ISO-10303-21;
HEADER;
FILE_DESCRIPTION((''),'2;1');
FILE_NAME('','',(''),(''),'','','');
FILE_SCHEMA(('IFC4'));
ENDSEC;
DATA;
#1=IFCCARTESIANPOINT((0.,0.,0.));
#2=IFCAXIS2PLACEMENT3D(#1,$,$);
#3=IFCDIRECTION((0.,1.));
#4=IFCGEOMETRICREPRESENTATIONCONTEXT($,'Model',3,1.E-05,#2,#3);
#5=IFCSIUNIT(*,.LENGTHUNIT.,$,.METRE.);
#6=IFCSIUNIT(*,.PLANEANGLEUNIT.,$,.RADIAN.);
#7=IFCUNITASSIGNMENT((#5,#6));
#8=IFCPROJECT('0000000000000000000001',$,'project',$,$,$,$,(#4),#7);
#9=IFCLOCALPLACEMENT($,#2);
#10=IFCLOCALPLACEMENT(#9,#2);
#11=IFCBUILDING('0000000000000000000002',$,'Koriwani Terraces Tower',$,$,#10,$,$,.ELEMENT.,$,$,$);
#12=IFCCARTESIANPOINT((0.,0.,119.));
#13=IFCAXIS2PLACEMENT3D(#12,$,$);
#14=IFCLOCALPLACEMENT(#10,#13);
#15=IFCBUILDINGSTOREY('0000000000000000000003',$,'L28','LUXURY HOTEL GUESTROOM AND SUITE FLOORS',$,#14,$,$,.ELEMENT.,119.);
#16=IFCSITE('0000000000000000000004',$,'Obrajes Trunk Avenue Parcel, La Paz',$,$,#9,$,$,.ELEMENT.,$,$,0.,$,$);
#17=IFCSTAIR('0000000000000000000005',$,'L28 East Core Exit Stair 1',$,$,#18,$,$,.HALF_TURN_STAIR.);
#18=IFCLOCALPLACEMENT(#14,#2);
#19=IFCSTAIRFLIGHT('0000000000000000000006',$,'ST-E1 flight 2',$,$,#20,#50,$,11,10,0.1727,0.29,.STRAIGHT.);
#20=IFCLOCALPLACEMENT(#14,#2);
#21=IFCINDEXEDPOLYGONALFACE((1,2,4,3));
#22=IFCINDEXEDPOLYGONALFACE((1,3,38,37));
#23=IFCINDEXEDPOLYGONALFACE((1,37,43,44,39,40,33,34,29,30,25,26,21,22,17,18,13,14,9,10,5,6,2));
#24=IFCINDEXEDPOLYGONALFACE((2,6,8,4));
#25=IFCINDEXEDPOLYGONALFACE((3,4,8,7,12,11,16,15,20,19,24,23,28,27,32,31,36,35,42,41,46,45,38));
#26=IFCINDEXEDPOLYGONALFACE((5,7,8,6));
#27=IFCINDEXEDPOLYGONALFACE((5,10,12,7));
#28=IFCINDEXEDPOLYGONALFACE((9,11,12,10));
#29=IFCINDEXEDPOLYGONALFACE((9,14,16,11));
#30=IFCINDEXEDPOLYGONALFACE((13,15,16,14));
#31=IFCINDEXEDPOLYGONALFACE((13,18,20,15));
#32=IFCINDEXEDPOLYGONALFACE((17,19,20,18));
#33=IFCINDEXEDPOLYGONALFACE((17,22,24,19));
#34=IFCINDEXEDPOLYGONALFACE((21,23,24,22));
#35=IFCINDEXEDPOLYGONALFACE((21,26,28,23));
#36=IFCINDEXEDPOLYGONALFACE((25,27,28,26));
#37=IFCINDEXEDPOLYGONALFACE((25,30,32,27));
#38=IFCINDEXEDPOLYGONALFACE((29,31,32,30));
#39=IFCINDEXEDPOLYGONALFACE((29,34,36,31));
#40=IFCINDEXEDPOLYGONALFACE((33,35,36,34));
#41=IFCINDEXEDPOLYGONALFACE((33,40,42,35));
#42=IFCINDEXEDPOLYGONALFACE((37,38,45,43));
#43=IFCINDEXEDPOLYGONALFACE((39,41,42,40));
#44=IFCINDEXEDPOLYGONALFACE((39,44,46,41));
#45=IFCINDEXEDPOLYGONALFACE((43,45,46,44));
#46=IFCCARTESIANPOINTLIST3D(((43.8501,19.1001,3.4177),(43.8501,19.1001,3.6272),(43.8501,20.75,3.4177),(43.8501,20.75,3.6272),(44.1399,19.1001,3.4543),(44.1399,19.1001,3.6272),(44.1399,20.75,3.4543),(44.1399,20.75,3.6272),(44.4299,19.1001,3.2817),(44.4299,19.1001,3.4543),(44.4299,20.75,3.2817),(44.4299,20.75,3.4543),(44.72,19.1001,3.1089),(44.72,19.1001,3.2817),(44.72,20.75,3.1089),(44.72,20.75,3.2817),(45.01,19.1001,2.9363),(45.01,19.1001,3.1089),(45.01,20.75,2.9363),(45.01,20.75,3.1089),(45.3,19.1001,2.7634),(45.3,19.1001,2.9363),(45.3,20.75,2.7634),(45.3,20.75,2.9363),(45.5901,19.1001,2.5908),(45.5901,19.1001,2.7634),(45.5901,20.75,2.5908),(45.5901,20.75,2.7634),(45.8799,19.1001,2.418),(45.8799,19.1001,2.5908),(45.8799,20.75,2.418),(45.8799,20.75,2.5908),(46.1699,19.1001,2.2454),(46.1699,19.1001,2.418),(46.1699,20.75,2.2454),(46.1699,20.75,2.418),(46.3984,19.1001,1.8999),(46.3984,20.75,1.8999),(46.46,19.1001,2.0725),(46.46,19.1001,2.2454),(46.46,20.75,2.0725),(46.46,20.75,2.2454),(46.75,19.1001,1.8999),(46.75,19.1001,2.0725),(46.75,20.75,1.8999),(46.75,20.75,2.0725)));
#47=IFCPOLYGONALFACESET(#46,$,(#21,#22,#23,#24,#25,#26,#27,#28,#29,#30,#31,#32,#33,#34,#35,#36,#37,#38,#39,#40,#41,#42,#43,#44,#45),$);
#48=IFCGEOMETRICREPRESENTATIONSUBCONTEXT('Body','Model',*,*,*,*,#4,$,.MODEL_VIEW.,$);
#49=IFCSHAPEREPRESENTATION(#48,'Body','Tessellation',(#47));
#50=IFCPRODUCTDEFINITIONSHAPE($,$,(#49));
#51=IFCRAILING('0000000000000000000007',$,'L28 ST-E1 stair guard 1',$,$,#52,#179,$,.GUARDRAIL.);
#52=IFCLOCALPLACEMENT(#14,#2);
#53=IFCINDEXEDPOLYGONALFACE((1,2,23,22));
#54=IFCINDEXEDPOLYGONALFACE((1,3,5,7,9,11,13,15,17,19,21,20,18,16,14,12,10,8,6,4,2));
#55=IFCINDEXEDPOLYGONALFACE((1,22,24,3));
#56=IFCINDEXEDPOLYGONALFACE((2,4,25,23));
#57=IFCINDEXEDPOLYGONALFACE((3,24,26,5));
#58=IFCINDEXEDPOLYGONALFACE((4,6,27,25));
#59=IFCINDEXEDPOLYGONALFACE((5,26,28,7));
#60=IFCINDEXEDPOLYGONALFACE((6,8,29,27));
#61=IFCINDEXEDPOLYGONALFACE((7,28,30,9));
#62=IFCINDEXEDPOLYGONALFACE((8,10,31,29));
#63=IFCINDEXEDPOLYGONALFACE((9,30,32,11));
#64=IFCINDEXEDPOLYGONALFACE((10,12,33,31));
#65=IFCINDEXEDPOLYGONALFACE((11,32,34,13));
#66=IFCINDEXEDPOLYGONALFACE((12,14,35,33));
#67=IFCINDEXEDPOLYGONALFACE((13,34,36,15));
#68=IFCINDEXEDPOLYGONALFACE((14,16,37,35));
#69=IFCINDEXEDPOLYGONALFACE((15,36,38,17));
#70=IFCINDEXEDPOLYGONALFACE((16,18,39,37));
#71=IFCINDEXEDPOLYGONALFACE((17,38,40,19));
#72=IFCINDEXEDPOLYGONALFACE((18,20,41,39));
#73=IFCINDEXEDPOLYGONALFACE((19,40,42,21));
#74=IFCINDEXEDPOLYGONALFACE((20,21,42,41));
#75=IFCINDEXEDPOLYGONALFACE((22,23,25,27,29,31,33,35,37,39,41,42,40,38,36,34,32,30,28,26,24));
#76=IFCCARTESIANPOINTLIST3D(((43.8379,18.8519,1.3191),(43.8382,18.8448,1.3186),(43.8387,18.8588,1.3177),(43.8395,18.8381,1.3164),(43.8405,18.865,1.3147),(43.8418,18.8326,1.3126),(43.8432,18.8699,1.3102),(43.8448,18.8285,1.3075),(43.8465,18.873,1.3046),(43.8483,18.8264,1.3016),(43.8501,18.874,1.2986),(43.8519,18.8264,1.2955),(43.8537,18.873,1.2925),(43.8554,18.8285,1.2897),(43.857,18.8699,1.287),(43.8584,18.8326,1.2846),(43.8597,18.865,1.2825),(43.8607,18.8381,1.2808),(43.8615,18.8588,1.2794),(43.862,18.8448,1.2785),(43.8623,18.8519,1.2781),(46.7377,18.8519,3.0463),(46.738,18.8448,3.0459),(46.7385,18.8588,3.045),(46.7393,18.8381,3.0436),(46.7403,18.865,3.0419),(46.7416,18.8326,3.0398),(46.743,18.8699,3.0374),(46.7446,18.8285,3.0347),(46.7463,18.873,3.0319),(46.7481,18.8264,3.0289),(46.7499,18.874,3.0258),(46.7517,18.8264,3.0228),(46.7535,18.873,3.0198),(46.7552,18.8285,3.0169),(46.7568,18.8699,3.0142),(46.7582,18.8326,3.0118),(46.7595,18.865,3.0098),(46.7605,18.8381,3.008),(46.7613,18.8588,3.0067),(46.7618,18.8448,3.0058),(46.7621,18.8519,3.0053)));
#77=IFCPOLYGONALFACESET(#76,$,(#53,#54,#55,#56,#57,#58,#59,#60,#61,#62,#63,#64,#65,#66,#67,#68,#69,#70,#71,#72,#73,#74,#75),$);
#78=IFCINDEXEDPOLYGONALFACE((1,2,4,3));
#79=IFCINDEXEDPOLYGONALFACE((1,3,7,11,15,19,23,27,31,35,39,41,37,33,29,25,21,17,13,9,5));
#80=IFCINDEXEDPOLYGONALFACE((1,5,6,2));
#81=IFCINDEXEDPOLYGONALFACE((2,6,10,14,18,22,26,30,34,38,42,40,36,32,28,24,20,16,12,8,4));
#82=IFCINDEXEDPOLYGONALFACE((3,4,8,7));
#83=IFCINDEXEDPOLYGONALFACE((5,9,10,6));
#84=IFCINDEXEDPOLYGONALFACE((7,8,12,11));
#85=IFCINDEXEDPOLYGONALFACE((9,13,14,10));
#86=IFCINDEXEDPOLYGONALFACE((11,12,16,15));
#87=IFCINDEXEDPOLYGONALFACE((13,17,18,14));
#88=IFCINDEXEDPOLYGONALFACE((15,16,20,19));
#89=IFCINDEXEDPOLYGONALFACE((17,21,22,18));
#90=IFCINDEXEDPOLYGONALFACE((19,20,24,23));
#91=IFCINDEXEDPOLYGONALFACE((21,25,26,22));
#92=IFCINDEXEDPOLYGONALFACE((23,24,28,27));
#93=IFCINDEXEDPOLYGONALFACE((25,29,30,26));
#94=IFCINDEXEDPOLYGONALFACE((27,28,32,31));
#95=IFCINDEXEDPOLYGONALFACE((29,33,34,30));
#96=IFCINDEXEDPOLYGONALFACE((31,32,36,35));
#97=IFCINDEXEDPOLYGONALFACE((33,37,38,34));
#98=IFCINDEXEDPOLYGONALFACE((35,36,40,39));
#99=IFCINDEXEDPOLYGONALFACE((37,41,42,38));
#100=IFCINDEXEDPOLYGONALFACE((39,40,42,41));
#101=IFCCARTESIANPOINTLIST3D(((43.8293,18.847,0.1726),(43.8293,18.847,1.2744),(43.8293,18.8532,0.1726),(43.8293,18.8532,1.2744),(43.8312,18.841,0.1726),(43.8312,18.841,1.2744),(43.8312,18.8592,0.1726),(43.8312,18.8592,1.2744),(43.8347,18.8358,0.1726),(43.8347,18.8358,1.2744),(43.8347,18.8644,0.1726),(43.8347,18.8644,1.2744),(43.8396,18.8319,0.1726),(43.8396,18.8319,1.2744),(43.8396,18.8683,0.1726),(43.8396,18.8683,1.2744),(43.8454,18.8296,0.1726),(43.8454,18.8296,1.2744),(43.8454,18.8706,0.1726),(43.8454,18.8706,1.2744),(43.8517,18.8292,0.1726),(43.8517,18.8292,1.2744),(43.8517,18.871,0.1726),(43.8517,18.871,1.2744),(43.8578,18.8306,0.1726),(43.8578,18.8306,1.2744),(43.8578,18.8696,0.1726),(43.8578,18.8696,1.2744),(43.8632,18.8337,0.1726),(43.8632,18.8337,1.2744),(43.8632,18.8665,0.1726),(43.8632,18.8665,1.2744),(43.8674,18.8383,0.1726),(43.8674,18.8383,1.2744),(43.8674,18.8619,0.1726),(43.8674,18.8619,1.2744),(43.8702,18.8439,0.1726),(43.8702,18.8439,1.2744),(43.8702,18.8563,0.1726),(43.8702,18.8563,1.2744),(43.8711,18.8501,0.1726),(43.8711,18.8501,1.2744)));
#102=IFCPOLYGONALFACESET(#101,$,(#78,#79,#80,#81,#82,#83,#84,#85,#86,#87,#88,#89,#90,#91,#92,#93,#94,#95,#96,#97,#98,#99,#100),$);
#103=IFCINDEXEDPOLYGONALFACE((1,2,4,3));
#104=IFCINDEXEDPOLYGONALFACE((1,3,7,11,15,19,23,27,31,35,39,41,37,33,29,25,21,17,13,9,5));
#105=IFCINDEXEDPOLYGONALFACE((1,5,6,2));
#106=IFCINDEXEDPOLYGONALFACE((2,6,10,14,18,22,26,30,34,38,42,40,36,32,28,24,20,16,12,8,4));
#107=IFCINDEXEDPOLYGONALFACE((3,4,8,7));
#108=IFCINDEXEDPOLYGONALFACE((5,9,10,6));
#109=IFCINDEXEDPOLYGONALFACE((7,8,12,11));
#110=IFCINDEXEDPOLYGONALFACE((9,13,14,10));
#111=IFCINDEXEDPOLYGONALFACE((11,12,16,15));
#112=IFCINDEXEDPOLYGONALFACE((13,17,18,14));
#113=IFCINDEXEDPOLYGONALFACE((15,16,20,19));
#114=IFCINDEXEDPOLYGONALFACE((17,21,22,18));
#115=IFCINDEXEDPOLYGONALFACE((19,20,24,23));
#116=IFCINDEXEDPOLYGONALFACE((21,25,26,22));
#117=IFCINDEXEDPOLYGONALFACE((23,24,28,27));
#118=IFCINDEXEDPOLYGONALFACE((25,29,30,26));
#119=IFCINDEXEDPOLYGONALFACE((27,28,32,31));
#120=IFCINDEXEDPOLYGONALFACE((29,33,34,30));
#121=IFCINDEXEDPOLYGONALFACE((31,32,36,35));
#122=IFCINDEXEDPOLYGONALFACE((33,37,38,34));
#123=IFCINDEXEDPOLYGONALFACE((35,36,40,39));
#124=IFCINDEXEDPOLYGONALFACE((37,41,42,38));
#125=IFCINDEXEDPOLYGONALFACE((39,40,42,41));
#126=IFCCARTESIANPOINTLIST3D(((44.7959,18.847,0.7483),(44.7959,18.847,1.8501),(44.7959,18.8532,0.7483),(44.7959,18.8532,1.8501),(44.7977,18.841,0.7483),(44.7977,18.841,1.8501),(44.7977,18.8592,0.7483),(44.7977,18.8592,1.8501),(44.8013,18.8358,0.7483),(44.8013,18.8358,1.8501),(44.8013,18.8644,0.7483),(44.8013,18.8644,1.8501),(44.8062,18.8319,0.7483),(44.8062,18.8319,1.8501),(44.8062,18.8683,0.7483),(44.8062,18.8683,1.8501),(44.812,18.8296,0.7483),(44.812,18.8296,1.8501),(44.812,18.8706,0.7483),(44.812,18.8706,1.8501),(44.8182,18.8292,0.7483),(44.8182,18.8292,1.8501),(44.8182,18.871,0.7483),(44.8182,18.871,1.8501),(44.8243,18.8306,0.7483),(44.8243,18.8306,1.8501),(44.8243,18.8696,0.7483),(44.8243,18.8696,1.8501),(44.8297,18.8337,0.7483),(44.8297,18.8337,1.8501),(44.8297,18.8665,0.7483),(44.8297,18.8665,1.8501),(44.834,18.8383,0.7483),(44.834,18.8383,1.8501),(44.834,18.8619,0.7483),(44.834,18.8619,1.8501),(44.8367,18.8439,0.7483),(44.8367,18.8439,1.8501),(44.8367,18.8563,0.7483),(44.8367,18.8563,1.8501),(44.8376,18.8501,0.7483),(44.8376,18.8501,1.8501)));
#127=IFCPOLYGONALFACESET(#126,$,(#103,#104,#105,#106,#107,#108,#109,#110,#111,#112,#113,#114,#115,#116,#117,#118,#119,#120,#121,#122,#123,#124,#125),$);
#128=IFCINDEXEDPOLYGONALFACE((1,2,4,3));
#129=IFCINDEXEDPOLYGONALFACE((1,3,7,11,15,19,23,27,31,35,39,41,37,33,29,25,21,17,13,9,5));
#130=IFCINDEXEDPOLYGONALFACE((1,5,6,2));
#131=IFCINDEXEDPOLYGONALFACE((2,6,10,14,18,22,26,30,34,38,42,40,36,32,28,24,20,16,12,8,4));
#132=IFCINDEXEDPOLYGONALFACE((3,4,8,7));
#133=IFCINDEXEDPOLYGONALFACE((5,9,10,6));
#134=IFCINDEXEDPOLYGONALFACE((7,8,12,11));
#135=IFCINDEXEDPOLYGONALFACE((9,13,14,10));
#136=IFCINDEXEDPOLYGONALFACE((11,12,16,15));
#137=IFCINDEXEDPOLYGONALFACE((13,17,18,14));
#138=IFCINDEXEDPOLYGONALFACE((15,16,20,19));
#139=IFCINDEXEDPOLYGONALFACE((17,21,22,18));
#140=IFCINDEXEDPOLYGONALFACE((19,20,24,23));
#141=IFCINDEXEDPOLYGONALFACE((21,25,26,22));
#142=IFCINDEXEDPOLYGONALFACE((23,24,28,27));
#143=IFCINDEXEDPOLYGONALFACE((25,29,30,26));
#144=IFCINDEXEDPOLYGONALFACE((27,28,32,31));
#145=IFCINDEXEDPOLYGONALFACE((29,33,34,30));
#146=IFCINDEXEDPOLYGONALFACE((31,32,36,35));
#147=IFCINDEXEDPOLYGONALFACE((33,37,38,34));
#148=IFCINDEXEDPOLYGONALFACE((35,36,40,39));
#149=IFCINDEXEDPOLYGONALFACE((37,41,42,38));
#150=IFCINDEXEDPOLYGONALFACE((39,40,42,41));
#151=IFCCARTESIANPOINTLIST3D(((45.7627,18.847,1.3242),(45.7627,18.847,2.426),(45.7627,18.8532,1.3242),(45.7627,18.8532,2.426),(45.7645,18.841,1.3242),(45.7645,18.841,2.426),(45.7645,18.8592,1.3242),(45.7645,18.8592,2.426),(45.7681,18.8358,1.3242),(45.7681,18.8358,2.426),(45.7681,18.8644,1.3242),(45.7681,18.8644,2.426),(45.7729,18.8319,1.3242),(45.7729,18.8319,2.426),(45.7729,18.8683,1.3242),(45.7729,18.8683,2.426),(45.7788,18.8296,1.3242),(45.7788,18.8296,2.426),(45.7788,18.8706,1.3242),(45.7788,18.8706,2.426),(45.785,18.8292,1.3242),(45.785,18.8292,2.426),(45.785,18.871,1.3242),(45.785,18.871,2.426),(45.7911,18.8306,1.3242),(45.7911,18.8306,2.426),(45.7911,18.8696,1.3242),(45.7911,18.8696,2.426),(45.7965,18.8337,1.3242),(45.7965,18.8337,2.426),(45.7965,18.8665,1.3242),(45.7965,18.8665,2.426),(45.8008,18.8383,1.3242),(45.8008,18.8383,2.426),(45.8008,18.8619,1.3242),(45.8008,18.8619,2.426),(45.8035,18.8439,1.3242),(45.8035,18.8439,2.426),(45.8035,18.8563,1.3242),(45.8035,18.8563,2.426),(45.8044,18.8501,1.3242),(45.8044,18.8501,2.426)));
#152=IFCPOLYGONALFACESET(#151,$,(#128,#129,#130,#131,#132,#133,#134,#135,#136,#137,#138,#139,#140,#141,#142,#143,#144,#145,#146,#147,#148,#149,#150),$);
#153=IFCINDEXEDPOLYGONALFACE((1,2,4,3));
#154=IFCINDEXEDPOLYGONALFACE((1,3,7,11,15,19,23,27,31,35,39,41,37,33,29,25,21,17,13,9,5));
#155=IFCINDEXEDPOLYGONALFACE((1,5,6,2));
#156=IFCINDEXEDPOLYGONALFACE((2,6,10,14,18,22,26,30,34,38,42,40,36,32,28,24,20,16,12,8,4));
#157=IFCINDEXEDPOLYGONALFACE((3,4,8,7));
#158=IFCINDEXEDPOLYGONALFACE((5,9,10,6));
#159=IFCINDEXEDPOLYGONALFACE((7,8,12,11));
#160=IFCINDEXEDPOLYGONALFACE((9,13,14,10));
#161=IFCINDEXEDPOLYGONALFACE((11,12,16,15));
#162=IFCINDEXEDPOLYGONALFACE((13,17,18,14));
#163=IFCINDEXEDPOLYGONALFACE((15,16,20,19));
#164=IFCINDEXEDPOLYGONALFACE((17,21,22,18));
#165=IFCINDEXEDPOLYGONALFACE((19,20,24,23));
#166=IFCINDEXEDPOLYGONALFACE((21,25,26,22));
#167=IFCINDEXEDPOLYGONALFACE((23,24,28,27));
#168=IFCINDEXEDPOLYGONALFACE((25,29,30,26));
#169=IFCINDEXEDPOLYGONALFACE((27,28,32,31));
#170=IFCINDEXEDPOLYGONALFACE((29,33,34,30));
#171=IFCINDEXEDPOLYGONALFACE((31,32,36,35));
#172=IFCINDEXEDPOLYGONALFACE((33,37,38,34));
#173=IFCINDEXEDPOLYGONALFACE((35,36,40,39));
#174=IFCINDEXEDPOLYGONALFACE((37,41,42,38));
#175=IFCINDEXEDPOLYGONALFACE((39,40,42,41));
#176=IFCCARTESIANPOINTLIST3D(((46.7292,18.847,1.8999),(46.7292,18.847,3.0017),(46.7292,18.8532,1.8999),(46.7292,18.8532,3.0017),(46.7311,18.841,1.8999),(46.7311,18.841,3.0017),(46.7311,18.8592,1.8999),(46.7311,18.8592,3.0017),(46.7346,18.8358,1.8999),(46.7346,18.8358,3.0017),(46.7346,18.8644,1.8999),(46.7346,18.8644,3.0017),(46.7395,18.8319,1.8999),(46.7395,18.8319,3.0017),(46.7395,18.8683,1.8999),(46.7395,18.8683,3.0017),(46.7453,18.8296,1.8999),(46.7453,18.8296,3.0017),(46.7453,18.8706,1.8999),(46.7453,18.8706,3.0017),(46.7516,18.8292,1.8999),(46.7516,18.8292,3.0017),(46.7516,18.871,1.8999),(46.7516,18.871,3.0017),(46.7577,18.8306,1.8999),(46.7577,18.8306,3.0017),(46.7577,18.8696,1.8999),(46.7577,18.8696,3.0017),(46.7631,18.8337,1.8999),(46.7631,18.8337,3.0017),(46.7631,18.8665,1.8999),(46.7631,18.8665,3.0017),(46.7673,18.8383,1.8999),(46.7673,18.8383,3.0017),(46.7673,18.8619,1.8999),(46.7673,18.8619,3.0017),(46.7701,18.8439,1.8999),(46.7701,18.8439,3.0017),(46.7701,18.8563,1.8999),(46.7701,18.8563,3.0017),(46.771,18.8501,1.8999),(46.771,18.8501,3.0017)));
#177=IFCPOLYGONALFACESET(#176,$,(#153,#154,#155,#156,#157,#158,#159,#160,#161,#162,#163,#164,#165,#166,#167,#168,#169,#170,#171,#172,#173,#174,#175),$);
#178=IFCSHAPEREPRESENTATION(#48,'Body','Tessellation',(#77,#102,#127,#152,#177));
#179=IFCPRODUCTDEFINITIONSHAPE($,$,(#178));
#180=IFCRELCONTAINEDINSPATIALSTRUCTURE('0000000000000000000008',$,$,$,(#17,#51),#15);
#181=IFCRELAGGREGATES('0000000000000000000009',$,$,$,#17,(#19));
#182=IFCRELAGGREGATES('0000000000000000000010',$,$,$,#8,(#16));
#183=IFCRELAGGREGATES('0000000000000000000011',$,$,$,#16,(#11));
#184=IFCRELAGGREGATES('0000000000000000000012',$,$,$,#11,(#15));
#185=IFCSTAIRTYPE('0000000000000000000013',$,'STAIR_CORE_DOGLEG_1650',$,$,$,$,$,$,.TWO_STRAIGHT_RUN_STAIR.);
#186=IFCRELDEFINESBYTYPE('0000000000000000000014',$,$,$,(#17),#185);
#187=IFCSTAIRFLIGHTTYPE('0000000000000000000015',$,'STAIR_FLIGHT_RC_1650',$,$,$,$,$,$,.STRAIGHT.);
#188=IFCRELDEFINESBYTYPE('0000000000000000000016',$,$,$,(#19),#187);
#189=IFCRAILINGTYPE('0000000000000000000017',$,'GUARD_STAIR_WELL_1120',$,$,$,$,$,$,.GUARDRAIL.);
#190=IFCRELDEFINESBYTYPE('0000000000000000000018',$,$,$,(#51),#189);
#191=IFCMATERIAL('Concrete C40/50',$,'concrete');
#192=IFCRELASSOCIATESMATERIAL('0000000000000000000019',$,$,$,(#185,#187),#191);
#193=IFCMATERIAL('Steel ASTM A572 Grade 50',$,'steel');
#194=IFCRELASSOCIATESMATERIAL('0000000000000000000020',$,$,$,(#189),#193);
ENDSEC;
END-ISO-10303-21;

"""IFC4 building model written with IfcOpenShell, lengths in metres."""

from ifc_helpers import new_model, si_unit, direction, frame, origin, origin_2d, place, context, subcontext, project, spatial, polyline, circle, outline, extrude, material, type_object, element, aggregate, save


model = new_model("IFC4")

# Units and contexts
model_context = context("Model", 3, precision=1e-05, world=origin(), true_north=direction((0.0, 1.0)))
body_context = subcontext(model_context, "Body", "Model", "MODEL_VIEW")
ifc_project = project(units=[si_unit("LENGTHUNIT", "METRE"), si_unit("PLANEANGLEUNIT", "RADIAN")], contexts=[model_context])

# Site, building, storey
site_placement = place(None, origin())
site = spatial("IfcSite", under=ifc_project, at=site_placement, Name="Obrajes Trunk Avenue Parcel, La Paz", CompositionType="ELEMENT", RefElevation=0.0)
building_placement = place(site_placement, origin())
building = spatial("IfcBuilding", under=site, at=building_placement, Name="Koriwani Terraces Tower", CompositionType="ELEMENT")
storey_placement = place(building_placement, frame((0.0, 0.0, 119.0)))
storey = spatial("IfcBuildingStorey", under=building, at=storey_placement, Name="L28", Description="LUXURY HOTEL GUESTROOM AND SUITE FLOORS", CompositionType="ELEMENT", Elevation=119.0)

# Shared definitions
ifc_material_1 = material(Name="Concrete C40/50", Category="concrete")
ifc_material_2 = material(Name="Steel ASTM A572 Grade 50", Category="steel")

# Stair, stair flight
stair_type = type_object("IfcStairType", Name="STAIR_CORE_DOGLEG_1650", PredefinedType="TWO_STRAIGHT_RUN_STAIR", material=ifc_material_1)
stair_placement = place(storey_placement, origin())
stair = element("IfcStair", 1, at=stair_placement, inside=storey, type_object=stair_type, Name="L28 East Core Exit Stair 1", PredefinedType="HALF_TURN_STAIR")
stair_flight_type = type_object("IfcStairFlightType", Name="STAIR_FLIGHT_RC_1650", PredefinedType="STRAIGHT", material=ifc_material_1)
stair_flight_1_placement = place(storey_placement, frame((46.75, 19.925, 1.8999), z_axis=(0.0, 0.0, 1.0), x_axis=(-1.0, 0.0, 0.0)))
stair_flight_1 = element("IfcStairFlight", 2, at=stair_flight_1_placement, type_object=stair_flight_type, Name="ST-E1 flight 2", NumberOfRisers=11, NumberOfTreads=10, PredefinedType="STRAIGHT", RiserHeight=0.1727, TreadLength=0.29, context=body_context, shape_type="SweptSolid", body=[
    extrude(outline(polyline([(0.0, 0.0), (0.0, 0.1726), (0.29, 0.1726), (0.29, 0.3455), (0.5801, 0.3455), (0.5801, 0.5181), (0.8701, 0.5181), (0.8701, 0.6909), (1.1599, 0.6909), (1.1599, 0.8635), (1.45, 0.8635), (1.45, 1.0364), (1.74, 1.0364), (1.74, 1.209), (2.03, 1.209), (2.03, 1.3818), (2.3201, 1.3818), (2.3201, 1.5544), (2.6101, 1.5544), (2.6101, 1.7273), (2.8999, 1.7273), (2.8999, 1.8999), (2.8999, 1.5178), (0.3516, 0.0), (0.0, 0.0)])), frame((0.0, 0.825, 0.0), z_axis=(0.0, -1.0, 0.0), x_axis=(1.0, 0.0, 0.0)), (0.0, 0.0, 1.0), 1.6499),
])
aggregate(stair, [stair_flight_1])

# Railing
railing_type_1 = type_object("IfcRailingType", Name="GUARD_STAIR_WELL_1120", PredefinedType="GUARDRAIL", material=ifc_material_2)
railing_1_placement = place(storey_placement, frame((43.8501, 18.8501, 0.1726)))
element("IfcRailing", 3, at=railing_1_placement, inside=storey, type_object=railing_type_1, Name="L28 ST-E1 stair guard 1", PredefinedType="GUARDRAIL", context=body_context, shape_type="SweptSolid", body=[
    extrude(circle(Radius=0.0239, at=origin_2d()), frame((0.0, 0.0, 1.126), z_axis=(0.859141, 0.0, 0.511738), x_axis=(0.0, 1.0, 0.0)), (0.0, 0.0, 1.0), 3.3752),
    extrude(circle(Radius=0.021, at=origin_2d()), origin(), (0.0, 0.0, 1.0), 1.1018),
    extrude(circle(Radius=0.021, at=origin_2d()), frame((0.9666, 0.0, 0.5757)), (0.0, 0.0, 1.0), 1.1018),
    extrude(circle(Radius=0.021, at=origin_2d()), frame((1.9333, 0.0, 1.1516)), (0.0, 0.0, 1.0), 1.1018),
    extrude(circle(Radius=0.021, at=origin_2d()), frame((2.8999, 0.0, 1.7273)), (0.0, 0.0, 1.0), 1.1018),
])

save(model, "model.ifc")
